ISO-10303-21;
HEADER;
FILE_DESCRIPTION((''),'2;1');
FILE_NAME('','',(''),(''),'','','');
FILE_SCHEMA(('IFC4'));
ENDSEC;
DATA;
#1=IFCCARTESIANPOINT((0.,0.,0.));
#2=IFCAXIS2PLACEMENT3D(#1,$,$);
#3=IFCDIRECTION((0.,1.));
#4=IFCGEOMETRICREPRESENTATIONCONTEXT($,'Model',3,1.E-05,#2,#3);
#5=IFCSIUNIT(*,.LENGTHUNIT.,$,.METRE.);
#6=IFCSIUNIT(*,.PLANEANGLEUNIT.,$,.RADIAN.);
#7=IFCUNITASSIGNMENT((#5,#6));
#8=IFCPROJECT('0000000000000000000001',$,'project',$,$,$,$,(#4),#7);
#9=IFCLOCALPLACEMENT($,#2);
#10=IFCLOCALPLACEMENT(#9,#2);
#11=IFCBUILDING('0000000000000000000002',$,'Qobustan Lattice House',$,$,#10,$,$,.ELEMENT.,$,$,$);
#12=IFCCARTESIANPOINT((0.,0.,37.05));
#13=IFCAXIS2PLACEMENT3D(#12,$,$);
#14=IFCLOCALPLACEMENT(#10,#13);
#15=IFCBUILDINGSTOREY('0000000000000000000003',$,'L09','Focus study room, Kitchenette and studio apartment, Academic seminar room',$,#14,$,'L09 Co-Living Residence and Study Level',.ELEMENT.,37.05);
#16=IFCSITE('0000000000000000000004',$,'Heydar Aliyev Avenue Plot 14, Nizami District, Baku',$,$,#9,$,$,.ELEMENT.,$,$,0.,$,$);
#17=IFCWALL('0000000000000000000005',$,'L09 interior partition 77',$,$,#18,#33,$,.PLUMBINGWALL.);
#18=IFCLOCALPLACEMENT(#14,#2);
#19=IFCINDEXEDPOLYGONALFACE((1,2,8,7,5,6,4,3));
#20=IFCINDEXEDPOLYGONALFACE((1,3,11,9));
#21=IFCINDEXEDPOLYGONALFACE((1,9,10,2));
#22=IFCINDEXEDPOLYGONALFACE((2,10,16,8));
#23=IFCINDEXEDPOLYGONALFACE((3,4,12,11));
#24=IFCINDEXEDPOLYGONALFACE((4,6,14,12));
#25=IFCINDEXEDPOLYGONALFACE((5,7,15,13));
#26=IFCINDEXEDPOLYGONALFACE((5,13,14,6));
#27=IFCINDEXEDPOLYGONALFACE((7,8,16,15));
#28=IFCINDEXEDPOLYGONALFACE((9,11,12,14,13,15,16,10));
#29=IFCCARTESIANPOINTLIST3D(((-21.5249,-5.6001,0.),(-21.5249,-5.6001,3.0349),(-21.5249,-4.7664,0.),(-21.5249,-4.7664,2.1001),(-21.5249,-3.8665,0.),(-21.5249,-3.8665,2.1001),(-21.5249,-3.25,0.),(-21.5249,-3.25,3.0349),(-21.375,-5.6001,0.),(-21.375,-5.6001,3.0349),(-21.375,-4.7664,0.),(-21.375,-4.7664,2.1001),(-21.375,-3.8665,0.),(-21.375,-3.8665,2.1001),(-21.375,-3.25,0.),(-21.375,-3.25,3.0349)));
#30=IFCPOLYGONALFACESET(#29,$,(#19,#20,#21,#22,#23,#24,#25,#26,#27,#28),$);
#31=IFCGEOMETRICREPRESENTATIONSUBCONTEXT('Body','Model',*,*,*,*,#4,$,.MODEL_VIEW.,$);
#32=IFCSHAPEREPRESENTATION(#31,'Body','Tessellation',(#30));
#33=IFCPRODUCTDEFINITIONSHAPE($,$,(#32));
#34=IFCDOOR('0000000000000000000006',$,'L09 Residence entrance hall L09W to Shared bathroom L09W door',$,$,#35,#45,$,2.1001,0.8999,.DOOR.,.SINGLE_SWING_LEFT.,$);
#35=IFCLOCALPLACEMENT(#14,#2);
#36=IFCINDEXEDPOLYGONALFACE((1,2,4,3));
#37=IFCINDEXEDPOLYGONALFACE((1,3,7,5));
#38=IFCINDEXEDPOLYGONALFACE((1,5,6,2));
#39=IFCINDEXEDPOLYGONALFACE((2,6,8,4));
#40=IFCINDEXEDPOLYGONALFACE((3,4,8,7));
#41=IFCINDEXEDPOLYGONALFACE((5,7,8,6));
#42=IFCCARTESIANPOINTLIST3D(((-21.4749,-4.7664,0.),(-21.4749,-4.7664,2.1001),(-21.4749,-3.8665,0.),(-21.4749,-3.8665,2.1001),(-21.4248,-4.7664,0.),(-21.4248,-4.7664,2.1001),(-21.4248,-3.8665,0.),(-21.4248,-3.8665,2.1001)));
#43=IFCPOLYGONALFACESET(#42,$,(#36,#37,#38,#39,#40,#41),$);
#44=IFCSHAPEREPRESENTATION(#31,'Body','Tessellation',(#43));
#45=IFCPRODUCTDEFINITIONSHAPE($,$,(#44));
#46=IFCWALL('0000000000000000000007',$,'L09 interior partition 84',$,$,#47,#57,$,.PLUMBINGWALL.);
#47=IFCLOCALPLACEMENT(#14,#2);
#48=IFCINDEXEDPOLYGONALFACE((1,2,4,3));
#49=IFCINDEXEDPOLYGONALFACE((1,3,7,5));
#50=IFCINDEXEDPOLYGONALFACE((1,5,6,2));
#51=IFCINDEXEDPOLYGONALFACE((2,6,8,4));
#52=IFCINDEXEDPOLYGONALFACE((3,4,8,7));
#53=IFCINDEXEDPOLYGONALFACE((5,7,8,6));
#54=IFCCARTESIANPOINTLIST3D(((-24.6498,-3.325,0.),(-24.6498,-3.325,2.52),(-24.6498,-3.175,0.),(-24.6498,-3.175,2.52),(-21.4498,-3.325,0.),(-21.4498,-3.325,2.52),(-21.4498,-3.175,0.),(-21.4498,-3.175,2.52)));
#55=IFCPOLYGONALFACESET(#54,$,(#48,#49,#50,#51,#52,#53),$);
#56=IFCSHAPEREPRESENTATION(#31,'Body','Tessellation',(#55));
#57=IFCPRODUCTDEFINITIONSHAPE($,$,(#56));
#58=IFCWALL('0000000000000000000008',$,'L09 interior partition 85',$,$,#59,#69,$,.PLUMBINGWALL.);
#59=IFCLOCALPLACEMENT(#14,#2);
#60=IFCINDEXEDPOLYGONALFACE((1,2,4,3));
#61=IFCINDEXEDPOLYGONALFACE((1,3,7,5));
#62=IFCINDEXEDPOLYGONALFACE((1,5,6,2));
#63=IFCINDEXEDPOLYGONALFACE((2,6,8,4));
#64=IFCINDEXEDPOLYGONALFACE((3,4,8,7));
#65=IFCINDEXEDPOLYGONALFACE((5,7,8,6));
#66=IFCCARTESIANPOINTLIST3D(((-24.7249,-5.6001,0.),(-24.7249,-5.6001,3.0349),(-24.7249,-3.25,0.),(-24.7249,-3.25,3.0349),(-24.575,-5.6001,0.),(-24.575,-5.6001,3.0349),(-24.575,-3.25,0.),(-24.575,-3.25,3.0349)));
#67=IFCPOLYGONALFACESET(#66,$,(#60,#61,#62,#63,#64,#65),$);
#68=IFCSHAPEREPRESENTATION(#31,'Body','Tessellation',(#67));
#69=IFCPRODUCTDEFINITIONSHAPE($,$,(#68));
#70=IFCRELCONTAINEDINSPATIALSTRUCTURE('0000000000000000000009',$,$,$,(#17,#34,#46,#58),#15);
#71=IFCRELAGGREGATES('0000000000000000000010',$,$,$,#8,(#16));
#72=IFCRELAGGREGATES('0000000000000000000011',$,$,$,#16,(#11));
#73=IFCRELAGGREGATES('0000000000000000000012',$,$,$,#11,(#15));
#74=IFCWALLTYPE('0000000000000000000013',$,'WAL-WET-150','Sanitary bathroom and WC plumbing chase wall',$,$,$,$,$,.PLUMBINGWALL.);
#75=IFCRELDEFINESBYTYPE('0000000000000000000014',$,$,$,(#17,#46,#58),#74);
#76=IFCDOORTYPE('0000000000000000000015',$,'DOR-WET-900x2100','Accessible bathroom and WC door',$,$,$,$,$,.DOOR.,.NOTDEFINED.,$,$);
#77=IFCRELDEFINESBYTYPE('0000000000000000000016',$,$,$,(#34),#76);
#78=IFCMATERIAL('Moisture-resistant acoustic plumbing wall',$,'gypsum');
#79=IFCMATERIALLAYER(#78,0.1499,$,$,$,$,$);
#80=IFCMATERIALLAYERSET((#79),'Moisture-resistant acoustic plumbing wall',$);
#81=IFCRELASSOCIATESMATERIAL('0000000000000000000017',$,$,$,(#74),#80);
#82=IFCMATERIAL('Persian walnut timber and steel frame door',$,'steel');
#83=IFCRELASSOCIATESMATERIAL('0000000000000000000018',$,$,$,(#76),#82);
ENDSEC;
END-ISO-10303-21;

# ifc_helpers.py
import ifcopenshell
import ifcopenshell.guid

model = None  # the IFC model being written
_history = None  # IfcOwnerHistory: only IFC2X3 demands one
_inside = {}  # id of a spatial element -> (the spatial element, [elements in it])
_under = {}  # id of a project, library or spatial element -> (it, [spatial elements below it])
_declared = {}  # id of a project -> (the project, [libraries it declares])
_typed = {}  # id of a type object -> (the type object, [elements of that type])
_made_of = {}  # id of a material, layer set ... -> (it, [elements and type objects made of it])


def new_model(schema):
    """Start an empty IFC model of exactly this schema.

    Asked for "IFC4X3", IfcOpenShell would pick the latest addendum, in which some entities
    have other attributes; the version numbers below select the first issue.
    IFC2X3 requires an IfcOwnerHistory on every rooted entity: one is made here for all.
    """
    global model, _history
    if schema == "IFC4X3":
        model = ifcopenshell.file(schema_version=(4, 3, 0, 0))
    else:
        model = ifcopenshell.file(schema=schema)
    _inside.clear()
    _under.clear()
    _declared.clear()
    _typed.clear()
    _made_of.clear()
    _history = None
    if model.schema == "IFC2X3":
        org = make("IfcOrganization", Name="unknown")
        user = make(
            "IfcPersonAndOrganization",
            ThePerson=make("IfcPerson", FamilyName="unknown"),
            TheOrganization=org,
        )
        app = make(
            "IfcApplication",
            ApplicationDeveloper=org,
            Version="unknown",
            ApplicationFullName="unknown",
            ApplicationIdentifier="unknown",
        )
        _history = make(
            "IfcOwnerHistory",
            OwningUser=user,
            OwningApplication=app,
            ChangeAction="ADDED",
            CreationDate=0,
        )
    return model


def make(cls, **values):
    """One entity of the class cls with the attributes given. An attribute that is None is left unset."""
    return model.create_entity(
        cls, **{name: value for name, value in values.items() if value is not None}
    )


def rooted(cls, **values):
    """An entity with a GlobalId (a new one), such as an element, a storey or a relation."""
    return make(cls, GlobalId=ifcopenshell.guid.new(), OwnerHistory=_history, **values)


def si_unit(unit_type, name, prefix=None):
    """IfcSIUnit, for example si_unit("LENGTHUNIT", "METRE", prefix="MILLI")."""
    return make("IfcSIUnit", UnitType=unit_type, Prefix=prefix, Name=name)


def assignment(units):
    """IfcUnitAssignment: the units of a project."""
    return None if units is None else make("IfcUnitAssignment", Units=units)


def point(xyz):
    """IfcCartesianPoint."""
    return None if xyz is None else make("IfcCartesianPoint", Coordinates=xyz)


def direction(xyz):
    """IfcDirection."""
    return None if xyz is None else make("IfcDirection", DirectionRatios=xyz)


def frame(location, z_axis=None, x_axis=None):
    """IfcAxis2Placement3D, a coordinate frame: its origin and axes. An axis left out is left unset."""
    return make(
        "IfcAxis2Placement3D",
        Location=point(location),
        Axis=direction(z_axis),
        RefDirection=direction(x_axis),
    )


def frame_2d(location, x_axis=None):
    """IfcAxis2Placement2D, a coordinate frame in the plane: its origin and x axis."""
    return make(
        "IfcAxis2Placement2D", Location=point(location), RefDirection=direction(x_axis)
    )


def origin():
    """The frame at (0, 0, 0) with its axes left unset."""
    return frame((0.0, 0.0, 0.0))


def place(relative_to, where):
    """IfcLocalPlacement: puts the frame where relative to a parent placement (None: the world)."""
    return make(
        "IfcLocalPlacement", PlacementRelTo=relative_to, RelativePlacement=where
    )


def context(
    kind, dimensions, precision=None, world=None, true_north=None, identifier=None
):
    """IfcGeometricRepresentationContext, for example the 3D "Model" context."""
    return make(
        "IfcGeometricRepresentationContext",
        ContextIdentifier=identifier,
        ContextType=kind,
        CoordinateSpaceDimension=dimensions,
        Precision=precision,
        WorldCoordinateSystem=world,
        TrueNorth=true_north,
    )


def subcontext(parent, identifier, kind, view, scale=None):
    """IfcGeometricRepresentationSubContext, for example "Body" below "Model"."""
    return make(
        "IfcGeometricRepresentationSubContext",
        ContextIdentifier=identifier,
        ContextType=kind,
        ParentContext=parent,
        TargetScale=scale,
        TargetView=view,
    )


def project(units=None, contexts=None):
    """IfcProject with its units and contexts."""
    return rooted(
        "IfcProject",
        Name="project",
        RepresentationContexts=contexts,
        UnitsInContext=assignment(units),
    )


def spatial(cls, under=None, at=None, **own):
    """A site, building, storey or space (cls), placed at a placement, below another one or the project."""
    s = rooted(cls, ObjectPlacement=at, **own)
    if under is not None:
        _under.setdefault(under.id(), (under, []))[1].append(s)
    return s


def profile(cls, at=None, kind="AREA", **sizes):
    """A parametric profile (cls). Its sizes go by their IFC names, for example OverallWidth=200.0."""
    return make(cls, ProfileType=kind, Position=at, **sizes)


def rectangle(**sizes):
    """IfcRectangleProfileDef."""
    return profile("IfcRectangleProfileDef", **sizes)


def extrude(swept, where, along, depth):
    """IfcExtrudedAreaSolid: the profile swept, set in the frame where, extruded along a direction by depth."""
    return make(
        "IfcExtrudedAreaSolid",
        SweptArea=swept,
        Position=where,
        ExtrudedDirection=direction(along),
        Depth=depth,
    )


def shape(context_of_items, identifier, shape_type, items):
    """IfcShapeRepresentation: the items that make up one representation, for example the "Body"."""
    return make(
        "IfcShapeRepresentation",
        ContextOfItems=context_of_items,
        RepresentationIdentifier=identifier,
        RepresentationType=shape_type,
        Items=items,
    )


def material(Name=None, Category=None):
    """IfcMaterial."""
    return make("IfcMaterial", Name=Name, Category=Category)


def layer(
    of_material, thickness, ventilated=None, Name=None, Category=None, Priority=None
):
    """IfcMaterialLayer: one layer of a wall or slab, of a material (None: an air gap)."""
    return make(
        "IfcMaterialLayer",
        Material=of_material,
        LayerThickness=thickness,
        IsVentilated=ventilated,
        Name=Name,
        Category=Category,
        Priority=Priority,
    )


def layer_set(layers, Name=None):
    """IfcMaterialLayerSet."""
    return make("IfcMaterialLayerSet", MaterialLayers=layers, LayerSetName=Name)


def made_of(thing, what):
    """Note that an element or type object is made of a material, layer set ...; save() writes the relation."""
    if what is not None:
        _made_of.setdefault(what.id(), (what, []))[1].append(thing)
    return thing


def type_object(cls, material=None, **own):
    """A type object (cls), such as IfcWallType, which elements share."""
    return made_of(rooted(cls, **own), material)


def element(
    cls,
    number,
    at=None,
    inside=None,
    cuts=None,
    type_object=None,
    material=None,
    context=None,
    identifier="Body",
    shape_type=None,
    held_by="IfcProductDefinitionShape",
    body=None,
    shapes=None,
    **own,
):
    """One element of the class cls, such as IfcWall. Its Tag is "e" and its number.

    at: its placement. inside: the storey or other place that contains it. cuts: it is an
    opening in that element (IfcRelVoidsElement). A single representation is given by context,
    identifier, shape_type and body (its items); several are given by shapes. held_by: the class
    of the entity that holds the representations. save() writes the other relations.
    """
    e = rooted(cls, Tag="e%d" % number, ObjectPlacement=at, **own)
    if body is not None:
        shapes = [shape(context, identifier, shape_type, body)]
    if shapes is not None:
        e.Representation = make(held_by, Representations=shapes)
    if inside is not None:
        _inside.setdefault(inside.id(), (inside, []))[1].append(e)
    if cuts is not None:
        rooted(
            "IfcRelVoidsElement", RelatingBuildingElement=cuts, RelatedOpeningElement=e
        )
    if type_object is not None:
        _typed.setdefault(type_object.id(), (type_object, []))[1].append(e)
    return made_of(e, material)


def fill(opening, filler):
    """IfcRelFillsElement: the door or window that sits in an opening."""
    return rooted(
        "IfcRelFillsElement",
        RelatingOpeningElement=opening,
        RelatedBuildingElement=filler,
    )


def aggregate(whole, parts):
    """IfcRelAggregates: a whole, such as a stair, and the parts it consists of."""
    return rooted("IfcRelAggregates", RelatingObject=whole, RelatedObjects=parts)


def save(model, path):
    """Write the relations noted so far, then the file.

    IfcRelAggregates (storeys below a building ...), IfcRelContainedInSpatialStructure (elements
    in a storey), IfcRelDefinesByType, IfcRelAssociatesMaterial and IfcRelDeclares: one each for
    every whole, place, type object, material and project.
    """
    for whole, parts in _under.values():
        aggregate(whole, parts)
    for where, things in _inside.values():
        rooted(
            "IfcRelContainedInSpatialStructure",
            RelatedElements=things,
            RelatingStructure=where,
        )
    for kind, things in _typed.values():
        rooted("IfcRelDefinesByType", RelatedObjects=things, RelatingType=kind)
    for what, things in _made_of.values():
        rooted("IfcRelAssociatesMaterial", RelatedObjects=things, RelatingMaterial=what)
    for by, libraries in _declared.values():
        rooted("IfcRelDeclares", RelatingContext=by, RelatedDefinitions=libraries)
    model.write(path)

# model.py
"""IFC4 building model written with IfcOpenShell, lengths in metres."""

from ifc_helpers import new_model, si_unit, direction, frame, frame_2d, origin, place, context, subcontext, project, spatial, rectangle, extrude, material, layer, layer_set, type_object, element, fill, save


model = new_model("IFC4")

# Units and contexts
model_context = context("Model", 3, precision=1e-05, world=origin(), true_north=direction((0.0, 1.0)))
body_context = subcontext(model_context, "Body", "Model", "MODEL_VIEW")
ifc_project = project(units=[si_unit("LENGTHUNIT", "METRE"), si_unit("PLANEANGLEUNIT", "RADIAN")], contexts=[model_context])

# Site, building, storey
site_placement = place(None, origin())
site = spatial("IfcSite", under=ifc_project, at=site_placement, Name="Heydar Aliyev Avenue Plot 14, Nizami District, Baku", CompositionType="ELEMENT", RefElevation=0.0)
building_placement = place(site_placement, origin())
building = spatial("IfcBuilding", under=site, at=building_placement, Name="Qobustan Lattice House", CompositionType="ELEMENT")
storey_placement = place(building_placement, frame((0.0, 0.0, 37.05)))
storey = spatial("IfcBuildingStorey", under=building, at=storey_placement, Name="L09", Description="Focus study room, Kitchenette and studio apartment, Academic seminar room", LongName="L09 Co-Living Residence and Study Level", CompositionType="ELEMENT", Elevation=37.05)

# Shared definitions
ifc_material_1 = material(Name="Moisture-resistant acoustic plumbing wall", Category="gypsum")
ifc_layer_1 = layer(ifc_material_1, 0.1499)
ifc_layer_set_1 = layer_set([ifc_layer_1], Name="Moisture-resistant acoustic plumbing wall")
wall_type_1 = type_object("IfcWallType", Name="WAL-WET-150", Description="Sanitary bathroom and WC plumbing chase wall", PredefinedType="PLUMBINGWALL", material=ifc_layer_set_1)

# Wall, opening, door
wall_1_placement = place(storey_placement, frame((-21.45, -5.6001, 0.0), z_axis=(0.0, 0.0, 1.0), x_axis=(0.0, 1.0, 0.0)))
wall_1 = element("IfcWall", 1, at=wall_1_placement, inside=storey, type_object=wall_type_1, Name="L09 interior partition 77", PredefinedType="PLUMBINGWALL", context=body_context, shape_type="SweptSolid", body=[
    extrude(rectangle(XDim=2.3501, YDim=0.1499, at=frame_2d((1.175, 0.0))), origin(), (0.0, 0.0, 1.0), 3.0349),
])
opening_1_placement = place(wall_1_placement, frame((0.8337, 0.0, 0.0)))
opening_1 = element("IfcOpeningElement", 2, at=opening_1_placement, cuts=wall_1, PredefinedType="OPENING", context=body_context, shape_type="SweptSolid", body=[
    extrude(rectangle(XDim=0.8999, YDim=2.1001, at=frame_2d((0.45, 1.05))), frame((0.0, 0.085, 0.0), z_axis=(0.0, -1.0, 0.0), x_axis=(1.0, 0.0, 0.0)), (0.0, 0.0, 1.0), 0.1699),
])
ifc_material_2 = material(Name="Persian walnut timber and steel frame door", Category="steel")
door_type_1 = type_object("IfcDoorType", Name="DOR-WET-900x2100", Description="Accessible bathroom and WC door", OperationType="NOTDEFINED", PredefinedType="DOOR", material=ifc_material_2)
door_1_placement = place(opening_1_placement, origin())
door_1 = element("IfcDoor", 3, at=door_1_placement, inside=storey, type_object=door_type_1, Name="L09 Residence entrance hall L09W to Shared bathroom L09W door", OperationType="SINGLE_SWING_LEFT", OverallHeight=2.1001, OverallWidth=0.8999, PredefinedType="DOOR", context=body_context, shape_type="SweptSolid", body=[
    extrude(rectangle(XDim=0.8999, YDim=2.1001, at=frame_2d((0.45, 1.05))), frame((0.0, 0.0249, 0.0), z_axis=(0.0, -1.0, 0.0), x_axis=(1.0, 0.0, 0.0)), (0.0, 0.0, 1.0), 0.05),
])
fill(opening_1, door_1)

# Walls
wall_2_placement = place(storey_placement, frame((-24.6499, -3.25, 0.0), z_axis=(0.0, 0.0, 1.0), x_axis=(1.0, 0.0, 0.0)))
element("IfcWall", 4, at=wall_2_placement, inside=storey, type_object=wall_type_1, Name="L09 interior partition 84", PredefinedType="PLUMBINGWALL", context=body_context, shape_type="SweptSolid", body=[
    extrude(rectangle(XDim=3.2, YDim=0.1499, at=frame_2d((1.6001, 0.0))), origin(), (0.0, 0.0, 1.0), 2.52),
])
wall_3_placement = place(storey_placement, frame((-24.6499, -5.6001, 0.0), z_axis=(0.0, 0.0, 1.0), x_axis=(0.0, 1.0, 0.0)))
element("IfcWall", 5, at=wall_3_placement, inside=storey, type_object=wall_type_1, Name="L09 interior partition 85", PredefinedType="PLUMBINGWALL", context=body_context, shape_type="SweptSolid", body=[
    extrude(rectangle(XDim=2.3501, YDim=0.1499, at=frame_2d((1.175, 0.0))), origin(), (0.0, 0.0, 1.0), 3.0349),
])

save(model, "model.ifc")
